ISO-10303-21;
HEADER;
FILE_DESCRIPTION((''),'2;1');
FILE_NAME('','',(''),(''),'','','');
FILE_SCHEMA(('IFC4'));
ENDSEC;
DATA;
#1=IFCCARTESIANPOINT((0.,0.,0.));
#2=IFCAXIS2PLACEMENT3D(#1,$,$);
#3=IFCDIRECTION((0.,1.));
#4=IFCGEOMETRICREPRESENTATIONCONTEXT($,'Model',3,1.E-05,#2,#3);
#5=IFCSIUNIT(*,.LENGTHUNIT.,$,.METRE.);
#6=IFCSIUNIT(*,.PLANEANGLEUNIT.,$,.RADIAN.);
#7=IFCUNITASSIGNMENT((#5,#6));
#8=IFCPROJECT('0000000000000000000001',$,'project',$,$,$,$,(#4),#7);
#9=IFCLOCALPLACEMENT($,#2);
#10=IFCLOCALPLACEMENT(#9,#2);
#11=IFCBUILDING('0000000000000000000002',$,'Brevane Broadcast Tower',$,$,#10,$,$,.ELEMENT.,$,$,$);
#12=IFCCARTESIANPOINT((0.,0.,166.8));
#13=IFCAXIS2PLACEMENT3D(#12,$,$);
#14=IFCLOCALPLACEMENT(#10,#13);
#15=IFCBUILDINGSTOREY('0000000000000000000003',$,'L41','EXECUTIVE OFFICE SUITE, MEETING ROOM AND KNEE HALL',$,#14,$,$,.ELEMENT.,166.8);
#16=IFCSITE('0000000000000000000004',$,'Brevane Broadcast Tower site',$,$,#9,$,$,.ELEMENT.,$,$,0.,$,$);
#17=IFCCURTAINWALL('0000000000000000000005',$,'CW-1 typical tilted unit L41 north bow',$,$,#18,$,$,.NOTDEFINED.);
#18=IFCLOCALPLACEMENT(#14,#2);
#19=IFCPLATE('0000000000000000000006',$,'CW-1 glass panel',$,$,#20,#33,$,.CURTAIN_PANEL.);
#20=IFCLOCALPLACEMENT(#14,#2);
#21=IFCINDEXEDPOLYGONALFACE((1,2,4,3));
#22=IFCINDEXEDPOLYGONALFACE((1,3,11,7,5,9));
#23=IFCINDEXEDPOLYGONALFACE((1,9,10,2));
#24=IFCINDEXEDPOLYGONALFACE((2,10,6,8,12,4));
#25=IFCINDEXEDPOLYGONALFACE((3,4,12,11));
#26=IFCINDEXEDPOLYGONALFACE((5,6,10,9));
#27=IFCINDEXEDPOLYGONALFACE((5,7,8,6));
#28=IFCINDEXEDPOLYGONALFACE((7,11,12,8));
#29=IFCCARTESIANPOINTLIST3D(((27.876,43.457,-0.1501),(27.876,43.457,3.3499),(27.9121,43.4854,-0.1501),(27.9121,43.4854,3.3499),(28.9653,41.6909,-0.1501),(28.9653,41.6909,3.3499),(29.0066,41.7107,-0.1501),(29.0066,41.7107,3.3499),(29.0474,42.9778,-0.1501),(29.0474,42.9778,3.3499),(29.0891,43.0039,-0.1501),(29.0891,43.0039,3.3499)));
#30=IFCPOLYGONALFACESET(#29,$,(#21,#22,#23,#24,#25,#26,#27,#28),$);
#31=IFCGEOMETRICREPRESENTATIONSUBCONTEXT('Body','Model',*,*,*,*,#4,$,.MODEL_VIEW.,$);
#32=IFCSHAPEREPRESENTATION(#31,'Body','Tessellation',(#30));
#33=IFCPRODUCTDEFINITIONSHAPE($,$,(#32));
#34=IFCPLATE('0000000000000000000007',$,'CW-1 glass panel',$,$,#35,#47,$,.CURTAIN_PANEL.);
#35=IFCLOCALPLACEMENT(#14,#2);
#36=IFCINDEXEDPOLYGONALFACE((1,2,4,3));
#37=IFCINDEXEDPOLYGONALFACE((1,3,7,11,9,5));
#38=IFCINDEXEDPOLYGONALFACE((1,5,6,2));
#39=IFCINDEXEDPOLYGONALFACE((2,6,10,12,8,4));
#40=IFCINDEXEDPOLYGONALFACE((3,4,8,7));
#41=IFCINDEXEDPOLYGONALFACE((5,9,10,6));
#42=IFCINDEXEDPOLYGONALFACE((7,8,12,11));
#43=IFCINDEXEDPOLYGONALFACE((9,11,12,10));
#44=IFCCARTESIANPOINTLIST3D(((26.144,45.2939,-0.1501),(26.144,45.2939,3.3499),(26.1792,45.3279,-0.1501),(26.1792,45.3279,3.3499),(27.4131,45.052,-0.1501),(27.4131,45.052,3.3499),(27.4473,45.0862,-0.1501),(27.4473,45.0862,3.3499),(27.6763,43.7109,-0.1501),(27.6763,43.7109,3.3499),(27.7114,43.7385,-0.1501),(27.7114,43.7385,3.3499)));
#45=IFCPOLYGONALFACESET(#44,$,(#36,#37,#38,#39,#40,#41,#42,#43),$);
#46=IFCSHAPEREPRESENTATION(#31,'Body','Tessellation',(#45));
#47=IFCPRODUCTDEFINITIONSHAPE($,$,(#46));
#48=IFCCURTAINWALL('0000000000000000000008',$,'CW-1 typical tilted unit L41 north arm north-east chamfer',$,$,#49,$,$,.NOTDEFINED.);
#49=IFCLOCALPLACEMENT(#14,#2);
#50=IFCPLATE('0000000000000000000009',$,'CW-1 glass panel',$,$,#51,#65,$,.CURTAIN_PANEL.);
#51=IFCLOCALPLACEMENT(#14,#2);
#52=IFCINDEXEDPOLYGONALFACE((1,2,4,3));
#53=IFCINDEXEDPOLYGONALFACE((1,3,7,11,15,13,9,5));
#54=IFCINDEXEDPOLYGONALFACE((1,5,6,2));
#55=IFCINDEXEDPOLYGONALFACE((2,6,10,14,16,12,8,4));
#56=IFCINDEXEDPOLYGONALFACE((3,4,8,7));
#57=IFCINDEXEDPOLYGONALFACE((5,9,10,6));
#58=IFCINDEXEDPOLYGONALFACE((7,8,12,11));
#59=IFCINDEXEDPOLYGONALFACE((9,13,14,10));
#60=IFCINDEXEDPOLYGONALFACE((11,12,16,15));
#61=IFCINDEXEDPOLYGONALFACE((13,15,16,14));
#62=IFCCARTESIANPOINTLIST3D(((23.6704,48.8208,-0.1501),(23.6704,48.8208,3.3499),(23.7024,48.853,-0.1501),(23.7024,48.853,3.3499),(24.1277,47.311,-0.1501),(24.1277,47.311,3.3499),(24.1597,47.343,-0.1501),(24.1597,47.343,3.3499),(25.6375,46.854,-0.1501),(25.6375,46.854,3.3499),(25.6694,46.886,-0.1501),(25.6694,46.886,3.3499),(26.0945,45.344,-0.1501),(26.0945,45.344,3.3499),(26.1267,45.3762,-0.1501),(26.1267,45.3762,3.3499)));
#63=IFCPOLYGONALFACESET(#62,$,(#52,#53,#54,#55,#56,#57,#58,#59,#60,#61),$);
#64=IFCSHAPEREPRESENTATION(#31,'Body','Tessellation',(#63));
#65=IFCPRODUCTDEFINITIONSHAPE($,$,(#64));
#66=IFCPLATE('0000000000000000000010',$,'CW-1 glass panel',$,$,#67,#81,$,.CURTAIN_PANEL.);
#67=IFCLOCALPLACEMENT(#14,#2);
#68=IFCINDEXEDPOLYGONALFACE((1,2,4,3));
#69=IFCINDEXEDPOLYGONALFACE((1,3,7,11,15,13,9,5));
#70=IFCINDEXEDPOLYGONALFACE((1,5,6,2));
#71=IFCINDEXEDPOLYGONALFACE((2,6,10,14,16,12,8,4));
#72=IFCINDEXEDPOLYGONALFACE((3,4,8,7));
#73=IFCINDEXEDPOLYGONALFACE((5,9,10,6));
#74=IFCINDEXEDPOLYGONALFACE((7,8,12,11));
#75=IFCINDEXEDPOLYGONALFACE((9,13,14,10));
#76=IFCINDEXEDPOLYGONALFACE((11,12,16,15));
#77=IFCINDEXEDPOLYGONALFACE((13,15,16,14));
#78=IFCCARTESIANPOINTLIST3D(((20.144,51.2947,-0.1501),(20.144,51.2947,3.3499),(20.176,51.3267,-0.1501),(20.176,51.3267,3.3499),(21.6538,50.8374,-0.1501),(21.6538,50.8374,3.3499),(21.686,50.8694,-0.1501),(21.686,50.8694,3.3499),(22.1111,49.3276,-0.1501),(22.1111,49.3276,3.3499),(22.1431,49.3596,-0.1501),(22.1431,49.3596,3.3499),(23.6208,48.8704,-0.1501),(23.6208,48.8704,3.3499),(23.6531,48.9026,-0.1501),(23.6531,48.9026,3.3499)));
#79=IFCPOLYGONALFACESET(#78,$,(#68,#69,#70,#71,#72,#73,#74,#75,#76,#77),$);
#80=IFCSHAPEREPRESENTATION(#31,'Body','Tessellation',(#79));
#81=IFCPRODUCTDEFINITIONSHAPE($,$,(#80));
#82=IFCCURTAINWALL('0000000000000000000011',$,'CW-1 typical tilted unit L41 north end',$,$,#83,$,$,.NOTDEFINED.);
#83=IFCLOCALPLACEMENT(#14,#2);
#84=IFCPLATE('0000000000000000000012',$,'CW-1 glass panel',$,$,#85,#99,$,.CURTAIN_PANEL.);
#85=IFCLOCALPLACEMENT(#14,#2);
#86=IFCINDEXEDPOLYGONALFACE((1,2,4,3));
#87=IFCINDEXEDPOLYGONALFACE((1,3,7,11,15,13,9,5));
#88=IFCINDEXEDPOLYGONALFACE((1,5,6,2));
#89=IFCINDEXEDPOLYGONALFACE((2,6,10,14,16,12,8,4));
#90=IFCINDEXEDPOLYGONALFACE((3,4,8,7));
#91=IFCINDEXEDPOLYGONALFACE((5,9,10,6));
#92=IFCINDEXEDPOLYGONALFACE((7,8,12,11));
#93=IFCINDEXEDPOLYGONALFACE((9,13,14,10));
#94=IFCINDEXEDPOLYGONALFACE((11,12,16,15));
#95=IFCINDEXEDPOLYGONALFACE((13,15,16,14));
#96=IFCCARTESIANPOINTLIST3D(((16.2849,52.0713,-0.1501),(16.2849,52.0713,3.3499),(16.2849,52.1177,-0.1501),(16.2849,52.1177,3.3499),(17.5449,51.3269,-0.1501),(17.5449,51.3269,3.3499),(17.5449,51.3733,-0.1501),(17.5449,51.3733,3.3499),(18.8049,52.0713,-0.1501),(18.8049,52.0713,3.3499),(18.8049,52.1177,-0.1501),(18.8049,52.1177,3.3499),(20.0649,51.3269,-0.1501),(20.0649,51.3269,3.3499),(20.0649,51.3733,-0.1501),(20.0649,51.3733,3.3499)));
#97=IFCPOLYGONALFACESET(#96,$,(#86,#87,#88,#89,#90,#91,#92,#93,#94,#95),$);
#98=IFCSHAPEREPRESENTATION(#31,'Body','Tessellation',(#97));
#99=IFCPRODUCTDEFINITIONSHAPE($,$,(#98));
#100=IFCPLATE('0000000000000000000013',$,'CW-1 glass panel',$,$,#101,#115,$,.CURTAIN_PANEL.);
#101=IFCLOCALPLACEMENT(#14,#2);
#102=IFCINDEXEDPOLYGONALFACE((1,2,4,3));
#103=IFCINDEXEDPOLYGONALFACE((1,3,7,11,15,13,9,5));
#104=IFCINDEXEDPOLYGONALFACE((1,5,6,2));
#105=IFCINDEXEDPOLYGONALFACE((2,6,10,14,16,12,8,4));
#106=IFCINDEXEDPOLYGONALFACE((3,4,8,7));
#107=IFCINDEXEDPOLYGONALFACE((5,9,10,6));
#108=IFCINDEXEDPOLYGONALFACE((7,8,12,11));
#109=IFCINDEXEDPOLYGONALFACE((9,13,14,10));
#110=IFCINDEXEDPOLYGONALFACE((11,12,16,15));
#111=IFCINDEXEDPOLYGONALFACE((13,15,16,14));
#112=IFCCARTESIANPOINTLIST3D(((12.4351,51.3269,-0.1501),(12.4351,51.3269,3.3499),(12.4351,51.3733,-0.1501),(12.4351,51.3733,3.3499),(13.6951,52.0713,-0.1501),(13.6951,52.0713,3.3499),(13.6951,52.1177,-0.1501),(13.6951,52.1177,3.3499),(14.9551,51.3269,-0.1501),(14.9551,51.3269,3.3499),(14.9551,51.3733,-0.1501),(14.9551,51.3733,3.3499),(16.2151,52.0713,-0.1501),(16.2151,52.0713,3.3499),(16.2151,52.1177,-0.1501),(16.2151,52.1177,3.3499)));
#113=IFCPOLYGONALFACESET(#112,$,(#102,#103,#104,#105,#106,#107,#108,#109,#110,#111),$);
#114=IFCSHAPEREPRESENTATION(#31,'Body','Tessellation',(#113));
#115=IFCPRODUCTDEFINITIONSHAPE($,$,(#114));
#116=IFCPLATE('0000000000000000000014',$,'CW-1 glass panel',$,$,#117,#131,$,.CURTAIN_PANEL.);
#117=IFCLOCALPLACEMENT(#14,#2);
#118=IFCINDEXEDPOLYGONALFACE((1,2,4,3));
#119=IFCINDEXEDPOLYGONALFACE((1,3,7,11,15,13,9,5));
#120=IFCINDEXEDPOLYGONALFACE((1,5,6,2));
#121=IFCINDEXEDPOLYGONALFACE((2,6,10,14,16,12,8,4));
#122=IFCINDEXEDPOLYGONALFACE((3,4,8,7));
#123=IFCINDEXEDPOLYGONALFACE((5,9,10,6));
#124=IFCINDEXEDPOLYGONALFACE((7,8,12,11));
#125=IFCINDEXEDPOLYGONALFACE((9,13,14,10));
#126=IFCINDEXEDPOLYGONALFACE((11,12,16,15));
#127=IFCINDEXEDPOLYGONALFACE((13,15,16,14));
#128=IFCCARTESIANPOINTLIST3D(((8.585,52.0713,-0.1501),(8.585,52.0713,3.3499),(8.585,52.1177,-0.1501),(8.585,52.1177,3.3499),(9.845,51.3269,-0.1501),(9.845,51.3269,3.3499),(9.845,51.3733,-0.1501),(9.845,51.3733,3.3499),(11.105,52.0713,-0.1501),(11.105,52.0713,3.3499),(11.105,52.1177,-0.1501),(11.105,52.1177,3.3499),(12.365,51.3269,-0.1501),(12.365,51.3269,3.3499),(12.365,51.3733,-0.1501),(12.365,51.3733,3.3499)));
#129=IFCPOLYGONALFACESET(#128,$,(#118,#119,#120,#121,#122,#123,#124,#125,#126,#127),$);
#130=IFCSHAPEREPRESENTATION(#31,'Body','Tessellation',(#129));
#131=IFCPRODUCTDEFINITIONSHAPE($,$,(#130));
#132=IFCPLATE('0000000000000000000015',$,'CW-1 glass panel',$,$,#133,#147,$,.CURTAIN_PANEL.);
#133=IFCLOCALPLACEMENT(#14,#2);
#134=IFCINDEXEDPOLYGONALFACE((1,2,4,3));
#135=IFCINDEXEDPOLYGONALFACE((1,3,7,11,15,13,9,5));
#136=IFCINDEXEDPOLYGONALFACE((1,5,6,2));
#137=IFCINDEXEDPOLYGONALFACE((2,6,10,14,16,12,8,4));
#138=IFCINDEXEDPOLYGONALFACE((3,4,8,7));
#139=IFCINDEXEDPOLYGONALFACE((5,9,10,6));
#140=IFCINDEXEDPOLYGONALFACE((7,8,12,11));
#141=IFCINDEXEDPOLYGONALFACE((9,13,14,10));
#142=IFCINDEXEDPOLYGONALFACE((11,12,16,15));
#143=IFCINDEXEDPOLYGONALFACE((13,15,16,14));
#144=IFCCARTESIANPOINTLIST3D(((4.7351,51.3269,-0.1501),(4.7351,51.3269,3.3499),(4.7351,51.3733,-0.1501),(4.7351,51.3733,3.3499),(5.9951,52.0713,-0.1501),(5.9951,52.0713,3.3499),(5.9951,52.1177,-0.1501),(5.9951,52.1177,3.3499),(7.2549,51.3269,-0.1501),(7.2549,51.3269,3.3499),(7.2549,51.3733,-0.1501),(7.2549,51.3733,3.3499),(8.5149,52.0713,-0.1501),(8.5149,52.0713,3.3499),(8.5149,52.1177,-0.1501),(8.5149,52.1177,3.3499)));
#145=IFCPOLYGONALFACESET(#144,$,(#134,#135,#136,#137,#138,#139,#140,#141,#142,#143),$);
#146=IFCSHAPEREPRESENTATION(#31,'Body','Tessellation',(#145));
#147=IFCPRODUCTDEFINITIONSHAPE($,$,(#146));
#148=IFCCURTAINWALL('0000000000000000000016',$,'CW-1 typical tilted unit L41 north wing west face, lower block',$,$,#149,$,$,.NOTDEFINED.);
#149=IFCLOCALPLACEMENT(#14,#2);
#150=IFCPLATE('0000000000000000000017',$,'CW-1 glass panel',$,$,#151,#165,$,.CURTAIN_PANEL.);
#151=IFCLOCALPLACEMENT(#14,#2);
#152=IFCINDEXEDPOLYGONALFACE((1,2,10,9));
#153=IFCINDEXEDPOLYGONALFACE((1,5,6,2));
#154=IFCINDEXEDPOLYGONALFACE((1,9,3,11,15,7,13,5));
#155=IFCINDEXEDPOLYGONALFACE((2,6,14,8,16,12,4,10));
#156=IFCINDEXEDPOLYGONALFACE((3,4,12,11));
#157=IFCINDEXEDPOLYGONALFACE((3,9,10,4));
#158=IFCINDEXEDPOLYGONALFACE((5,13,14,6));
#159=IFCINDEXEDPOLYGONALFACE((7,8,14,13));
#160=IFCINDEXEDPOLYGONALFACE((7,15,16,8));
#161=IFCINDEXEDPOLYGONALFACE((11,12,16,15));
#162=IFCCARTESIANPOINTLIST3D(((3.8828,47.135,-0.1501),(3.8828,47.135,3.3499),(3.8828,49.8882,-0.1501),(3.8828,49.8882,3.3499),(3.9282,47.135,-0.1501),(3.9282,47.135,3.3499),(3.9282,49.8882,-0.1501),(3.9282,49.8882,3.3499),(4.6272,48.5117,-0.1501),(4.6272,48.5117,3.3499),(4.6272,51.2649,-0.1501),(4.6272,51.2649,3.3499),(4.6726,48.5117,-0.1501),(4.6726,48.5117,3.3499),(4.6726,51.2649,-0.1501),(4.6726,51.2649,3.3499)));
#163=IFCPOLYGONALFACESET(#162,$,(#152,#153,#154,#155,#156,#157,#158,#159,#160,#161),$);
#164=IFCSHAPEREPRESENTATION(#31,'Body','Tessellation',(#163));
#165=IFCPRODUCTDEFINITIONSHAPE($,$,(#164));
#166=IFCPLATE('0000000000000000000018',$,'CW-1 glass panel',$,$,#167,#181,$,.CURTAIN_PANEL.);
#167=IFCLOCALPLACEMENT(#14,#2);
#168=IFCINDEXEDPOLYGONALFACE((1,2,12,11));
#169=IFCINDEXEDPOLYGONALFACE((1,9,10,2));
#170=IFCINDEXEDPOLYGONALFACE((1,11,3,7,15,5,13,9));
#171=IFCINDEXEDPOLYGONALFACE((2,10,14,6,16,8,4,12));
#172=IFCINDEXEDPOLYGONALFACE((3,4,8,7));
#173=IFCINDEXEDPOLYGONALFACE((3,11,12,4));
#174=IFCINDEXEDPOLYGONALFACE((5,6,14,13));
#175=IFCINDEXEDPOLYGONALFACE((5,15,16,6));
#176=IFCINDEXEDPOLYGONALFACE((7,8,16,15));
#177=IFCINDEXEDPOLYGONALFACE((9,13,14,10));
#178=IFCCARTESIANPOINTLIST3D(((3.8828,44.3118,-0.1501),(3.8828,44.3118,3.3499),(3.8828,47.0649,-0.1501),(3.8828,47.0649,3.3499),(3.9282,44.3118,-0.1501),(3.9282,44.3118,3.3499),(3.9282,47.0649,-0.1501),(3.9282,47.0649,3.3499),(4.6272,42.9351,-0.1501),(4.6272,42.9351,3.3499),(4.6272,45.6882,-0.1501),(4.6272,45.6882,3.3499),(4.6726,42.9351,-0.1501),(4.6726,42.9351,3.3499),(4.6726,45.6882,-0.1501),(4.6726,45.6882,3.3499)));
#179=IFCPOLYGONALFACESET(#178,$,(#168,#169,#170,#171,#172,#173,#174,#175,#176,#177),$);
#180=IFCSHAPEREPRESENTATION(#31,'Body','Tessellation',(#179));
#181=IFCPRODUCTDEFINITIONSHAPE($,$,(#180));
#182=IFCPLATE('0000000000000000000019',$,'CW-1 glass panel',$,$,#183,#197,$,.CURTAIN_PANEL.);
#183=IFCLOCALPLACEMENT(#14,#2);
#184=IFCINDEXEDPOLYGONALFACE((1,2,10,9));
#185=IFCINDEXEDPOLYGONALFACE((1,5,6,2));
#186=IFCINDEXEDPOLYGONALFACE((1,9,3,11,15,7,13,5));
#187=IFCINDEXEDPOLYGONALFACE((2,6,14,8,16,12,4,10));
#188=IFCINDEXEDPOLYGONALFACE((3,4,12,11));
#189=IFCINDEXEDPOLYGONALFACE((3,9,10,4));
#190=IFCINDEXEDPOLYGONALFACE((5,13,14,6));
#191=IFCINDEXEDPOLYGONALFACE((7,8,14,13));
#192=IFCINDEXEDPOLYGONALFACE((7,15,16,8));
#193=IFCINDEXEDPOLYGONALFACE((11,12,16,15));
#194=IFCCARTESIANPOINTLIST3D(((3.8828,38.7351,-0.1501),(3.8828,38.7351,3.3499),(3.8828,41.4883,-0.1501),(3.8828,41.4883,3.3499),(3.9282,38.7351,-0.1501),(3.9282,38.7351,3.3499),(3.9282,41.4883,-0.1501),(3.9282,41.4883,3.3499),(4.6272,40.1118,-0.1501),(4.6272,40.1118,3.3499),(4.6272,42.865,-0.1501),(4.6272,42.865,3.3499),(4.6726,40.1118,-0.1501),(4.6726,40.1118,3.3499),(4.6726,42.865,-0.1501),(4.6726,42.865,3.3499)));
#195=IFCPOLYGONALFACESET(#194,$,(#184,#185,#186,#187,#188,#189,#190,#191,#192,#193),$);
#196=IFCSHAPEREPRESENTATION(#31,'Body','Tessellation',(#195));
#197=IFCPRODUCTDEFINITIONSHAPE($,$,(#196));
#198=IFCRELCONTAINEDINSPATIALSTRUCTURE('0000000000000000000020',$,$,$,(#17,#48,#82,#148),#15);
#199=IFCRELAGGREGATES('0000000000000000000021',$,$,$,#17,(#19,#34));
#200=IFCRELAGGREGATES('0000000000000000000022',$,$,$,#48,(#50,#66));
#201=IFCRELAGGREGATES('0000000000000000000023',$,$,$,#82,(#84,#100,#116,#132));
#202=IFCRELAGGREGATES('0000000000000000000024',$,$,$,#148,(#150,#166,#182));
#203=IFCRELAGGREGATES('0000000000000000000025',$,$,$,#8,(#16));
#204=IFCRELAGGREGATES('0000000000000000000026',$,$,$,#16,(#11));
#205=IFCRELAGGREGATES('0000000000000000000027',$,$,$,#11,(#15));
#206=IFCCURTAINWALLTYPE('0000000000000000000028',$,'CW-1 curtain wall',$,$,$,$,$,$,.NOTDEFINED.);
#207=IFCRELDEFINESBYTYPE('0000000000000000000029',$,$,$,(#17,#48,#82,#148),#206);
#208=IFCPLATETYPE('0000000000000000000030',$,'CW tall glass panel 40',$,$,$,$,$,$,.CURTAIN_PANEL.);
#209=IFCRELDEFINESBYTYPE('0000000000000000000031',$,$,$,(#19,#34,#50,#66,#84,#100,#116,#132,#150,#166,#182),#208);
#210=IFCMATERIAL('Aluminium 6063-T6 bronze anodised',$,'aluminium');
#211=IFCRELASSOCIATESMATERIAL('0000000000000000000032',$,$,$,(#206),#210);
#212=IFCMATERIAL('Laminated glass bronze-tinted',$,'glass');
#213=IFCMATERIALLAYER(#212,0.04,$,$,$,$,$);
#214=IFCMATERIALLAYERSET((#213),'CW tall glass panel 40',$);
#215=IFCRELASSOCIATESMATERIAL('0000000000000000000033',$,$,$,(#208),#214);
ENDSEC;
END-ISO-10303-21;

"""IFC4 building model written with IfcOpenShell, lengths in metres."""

from ifc_helpers import new_model, si_unit, direction, frame, origin, place, context, subcontext, project, spatial, polyline, outline, extrude, material, layer, layer_set, type_object, element, aggregate, save


model = new_model("IFC4")

# Units and contexts
model_context = context("Model", 3, precision=1e-05, world=origin(), true_north=direction((0.0, 1.0)))
body_context = subcontext(model_context, "Body", "Model", "MODEL_VIEW")
ifc_project = project(units=[si_unit("LENGTHUNIT", "METRE"), si_unit("PLANEANGLEUNIT", "RADIAN")], contexts=[model_context])

# Site, building, storey
site_placement = place(None, origin())
site = spatial("IfcSite", under=ifc_project, at=site_placement, Name="Brevane Broadcast Tower site", CompositionType="ELEMENT", RefElevation=0.0)
building_placement = place(site_placement, origin())
building = spatial("IfcBuilding", under=site, at=building_placement, Name="Brevane Broadcast Tower", CompositionType="ELEMENT")
storey_placement = place(building_placement, frame((0.0, 0.0, 166.8)))
storey = spatial("IfcBuildingStorey", under=building, at=storey_placement, Name="L41", Description="EXECUTIVE OFFICE SUITE, MEETING ROOM AND KNEE HALL", CompositionType="ELEMENT", Elevation=166.8)

# Curtain walls, plates
ifc_material_1 = material(Name="Aluminium 6063-T6 bronze anodised", Category="aluminium")
curtain_wall_type = type_object("IfcCurtainWallType", Name="CW-1 curtain wall", PredefinedType="NOTDEFINED", material=ifc_material_1)
ifc_material_2 = material(Name="Laminated glass bronze-tinted", Category="glass")
ifc_layer = layer(ifc_material_2, 0.04)
ifc_layer_set = layer_set([ifc_layer], Name="CW tall glass panel 40")
plate_type = type_object("IfcPlateType", Name="CW tall glass panel 40", PredefinedType="CURTAIN_PANEL", material=ifc_layer_set)
curtain_wall_1_placement = place(storey_placement, origin())
curtain_wall_1 = element("IfcCurtainWall", 1, at=curtain_wall_1_placement, inside=storey, type_object=curtain_wall_type, Name="CW-1 typical tilted unit L41 north bow", PredefinedType="NOTDEFINED")
plate_1_placement = place(storey_placement, frame((0.0, 0.0, -0.1501)))
plate_1 = element("IfcPlate", 2, at=plate_1_placement, type_object=plate_type, Name="CW-1 glass panel", PredefinedType="CURTAIN_PANEL", context=body_context, shape_type="SweptSolid", body=[
    extrude(outline(polyline([(28.9653, 41.6909), (29.0066, 41.7107), (29.0891, 43.0039), (27.9121, 43.4854), (27.876, 43.457), (29.0474, 42.9778), (28.9653, 41.6909)])), origin(), (0.0, 0.0, 1.0), 3.5),
])
plate_2_placement = place(storey_placement, frame((0.0, 0.0, -0.1501)))
plate_2 = element("IfcPlate", 3, at=plate_2_placement, type_object=plate_type, Name="CW-1 glass panel", PredefinedType="CURTAIN_PANEL", context=body_context, shape_type="SweptSolid", body=[
    extrude(outline(polyline([(27.6763, 43.7109), (27.7114, 43.7385), (27.4473, 45.0862), (26.1792, 45.3279), (26.144, 45.2939), (27.4131, 45.052), (27.6763, 43.7109)])), origin(), (0.0, 0.0, 1.0), 3.5),
])
aggregate(curtain_wall_1, [plate_1, plate_2])
curtain_wall_2_placement = place(storey_placement, origin())
curtain_wall_2 = element("IfcCurtainWall", 4, at=curtain_wall_2_placement, inside=storey, type_object=curtain_wall_type, Name="CW-1 typical tilted unit L41 north arm north-east chamfer", PredefinedType="NOTDEFINED")
plate_3_placement = place(storey_placement, frame((0.0, 0.0, -0.1501)))
plate_3 = element("IfcPlate", 5, at=plate_3_placement, type_object=plate_type, Name="CW-1 glass panel", PredefinedType="CURTAIN_PANEL", context=body_context, shape_type="SweptSolid", body=[
    extrude(outline(polyline([(26.0945, 45.344), (26.1267, 45.3762), (25.6694, 46.886), (24.1597, 47.343), (23.7024, 48.853), (23.6704, 48.8208), (24.1277, 47.311), (25.6375, 46.854), (26.0945, 45.344)])), origin(), (0.0, 0.0, 1.0), 3.5),
])
plate_4_placement = place(storey_placement, frame((0.0, 0.0, -0.1501)))
plate_4 = element("IfcPlate", 6, at=plate_4_placement, type_object=plate_type, Name="CW-1 glass panel", PredefinedType="CURTAIN_PANEL", context=body_context, shape_type="SweptSolid", body=[
    extrude(outline(polyline([(23.6208, 48.8704), (23.6531, 48.9026), (22.1431, 49.3596), (21.686, 50.8694), (20.176, 51.3267), (20.144, 51.2947), (21.6538, 50.8374), (22.1111, 49.3276), (23.6208, 48.8704)])), origin(), (0.0, 0.0, 1.0), 3.5),
])
aggregate(curtain_wall_2, [plate_3, plate_4])
curtain_wall_3_placement = place(storey_placement, origin())
curtain_wall_3 = element("IfcCurtainWall", 7, at=curtain_wall_3_placement, inside=storey, type_object=curtain_wall_type, Name="CW-1 typical tilted unit L41 north end", PredefinedType="NOTDEFINED")
plate_5_placement = place(storey_placement, frame((0.0, 0.0, -0.1501)))
plate_5 = element("IfcPlate", 8, at=plate_5_placement, type_object=plate_type, Name="CW-1 glass panel", PredefinedType="CURTAIN_PANEL", context=body_context, shape_type="SweptSolid", body=[
    extrude(outline(polyline([(20.0649, 51.3269), (20.0649, 51.3733), (18.8049, 52.1177), (17.5449, 51.3733), (16.2849, 52.1177), (16.2849, 52.0713), (17.5449, 51.3269), (18.8049, 52.0713), (20.0649, 51.3269)])), origin(), (0.0, 0.0, 1.0), 3.5),
])
plate_6_placement = place(storey_placement, frame((0.0, 0.0, -0.1501)))
plate_6 = element("IfcPlate", 9, at=plate_6_placement, type_object=plate_type, Name="CW-1 glass panel", PredefinedType="CURTAIN_PANEL", context=body_context, shape_type="SweptSolid", body=[
    extrude(outline(polyline([(16.2151, 52.0713), (16.2151, 52.1177), (14.9551, 51.3733), (13.6951, 52.1177), (12.4351, 51.3733), (12.4351, 51.3269), (13.6951, 52.0713), (14.9551, 51.3269), (16.2151, 52.0713)])), origin(), (0.0, 0.0, 1.0), 3.5),
])
plate_7_placement = place(storey_placement, frame((0.0, 0.0, -0.1501)))
plate_7 = element("IfcPlate", 10, at=plate_7_placement, type_object=plate_type, Name="CW-1 glass panel", PredefinedType="CURTAIN_PANEL", context=body_context, shape_type="SweptSolid", body=[
    extrude(outline(polyline([(12.365, 51.3269), (12.365, 51.3733), (11.105, 52.1177), (9.845, 51.3733), (8.585, 52.1177), (8.585, 52.0713), (9.845, 51.3269), (11.105, 52.0713), (12.365, 51.3269)])), origin(), (0.0, 0.0, 1.0), 3.5),
])
plate_8_placement = place(storey_placement, frame((0.0, 0.0, -0.1501)))
plate_8 = element("IfcPlate", 11, at=plate_8_placement, type_object=plate_type, Name="CW-1 glass panel", PredefinedType="CURTAIN_PANEL", context=body_context, shape_type="SweptSolid", body=[
    extrude(outline(polyline([(8.5149, 52.0713), (8.5149, 52.1177), (7.2549, 51.3733), (5.9951, 52.1177), (4.7351, 51.3733), (4.7351, 51.3269), (5.9951, 52.0713), (7.2549, 51.3269), (8.5149, 52.0713)])), origin(), (0.0, 0.0, 1.0), 3.5),
])
aggregate(curtain_wall_3, [plate_5, plate_6, plate_7, plate_8])
curtain_wall_4_placement = place(storey_placement, origin())
curtain_wall_4 = element("IfcCurtainWall", 12, at=curtain_wall_4_placement, inside=storey, type_object=curtain_wall_type, Name="CW-1 typical tilted unit L41 north wing west face, lower block", PredefinedType="NOTDEFINED")
plate_9_placement = place(storey_placement, frame((0.0, 0.0, -0.1501)))
plate_9 = element("IfcPlate", 13, at=plate_9_placement, type_object=plate_type, Name="CW-1 glass panel", PredefinedType="CURTAIN_PANEL", context=body_context, shape_type="SweptSolid", body=[
    extrude(outline(polyline([(4.6726, 51.2649), (4.6272, 51.2649), (3.8828, 49.8882), (4.6272, 48.5117), (3.8828, 47.135), (3.9282, 47.135), (4.6726, 48.5117), (3.9282, 49.8882), (4.6726, 51.2649)])), origin(), (0.0, 0.0, 1.0), 3.5),
])
plate_10_placement = place(storey_placement, frame((0.0, 0.0, -0.1501)))
plate_10 = element("IfcPlate", 14, at=plate_10_placement, type_object=plate_type, Name="CW-1 glass panel", PredefinedType="CURTAIN_PANEL", context=body_context, shape_type="SweptSolid", body=[
    extrude(outline(polyline([(3.9282, 47.0649), (3.8828, 47.0649), (4.6272, 45.6882), (3.8828, 44.3118), (4.6272, 42.9351), (4.6726, 42.9351), (3.9282, 44.3118), (4.6726, 45.6882), (3.9282, 47.0649)])), origin(), (0.0, 0.0, 1.0), 3.5),
])
plate_11_placement = place(storey_placement, frame((0.0, 0.0, -0.1501)))
plate_11 = element("IfcPlate", 15, at=plate_11_placement, type_object=plate_type, Name="CW-1 glass panel", PredefinedType="CURTAIN_PANEL", context=body_context, shape_type="SweptSolid", body=[
    extrude(outline(polyline([(4.6726, 42.865), (4.6272, 42.865), (3.8828, 41.4883), (4.6272, 40.1118), (3.8828, 38.7351), (3.9282, 38.7351), (4.6726, 40.1118), (3.9282, 41.4883), (4.6726, 42.865)])), origin(), (0.0, 0.0, 1.0), 3.5),
])
aggregate(curtain_wall_4, [plate_9, plate_10, plate_11])

save(model, "model.ifc")
